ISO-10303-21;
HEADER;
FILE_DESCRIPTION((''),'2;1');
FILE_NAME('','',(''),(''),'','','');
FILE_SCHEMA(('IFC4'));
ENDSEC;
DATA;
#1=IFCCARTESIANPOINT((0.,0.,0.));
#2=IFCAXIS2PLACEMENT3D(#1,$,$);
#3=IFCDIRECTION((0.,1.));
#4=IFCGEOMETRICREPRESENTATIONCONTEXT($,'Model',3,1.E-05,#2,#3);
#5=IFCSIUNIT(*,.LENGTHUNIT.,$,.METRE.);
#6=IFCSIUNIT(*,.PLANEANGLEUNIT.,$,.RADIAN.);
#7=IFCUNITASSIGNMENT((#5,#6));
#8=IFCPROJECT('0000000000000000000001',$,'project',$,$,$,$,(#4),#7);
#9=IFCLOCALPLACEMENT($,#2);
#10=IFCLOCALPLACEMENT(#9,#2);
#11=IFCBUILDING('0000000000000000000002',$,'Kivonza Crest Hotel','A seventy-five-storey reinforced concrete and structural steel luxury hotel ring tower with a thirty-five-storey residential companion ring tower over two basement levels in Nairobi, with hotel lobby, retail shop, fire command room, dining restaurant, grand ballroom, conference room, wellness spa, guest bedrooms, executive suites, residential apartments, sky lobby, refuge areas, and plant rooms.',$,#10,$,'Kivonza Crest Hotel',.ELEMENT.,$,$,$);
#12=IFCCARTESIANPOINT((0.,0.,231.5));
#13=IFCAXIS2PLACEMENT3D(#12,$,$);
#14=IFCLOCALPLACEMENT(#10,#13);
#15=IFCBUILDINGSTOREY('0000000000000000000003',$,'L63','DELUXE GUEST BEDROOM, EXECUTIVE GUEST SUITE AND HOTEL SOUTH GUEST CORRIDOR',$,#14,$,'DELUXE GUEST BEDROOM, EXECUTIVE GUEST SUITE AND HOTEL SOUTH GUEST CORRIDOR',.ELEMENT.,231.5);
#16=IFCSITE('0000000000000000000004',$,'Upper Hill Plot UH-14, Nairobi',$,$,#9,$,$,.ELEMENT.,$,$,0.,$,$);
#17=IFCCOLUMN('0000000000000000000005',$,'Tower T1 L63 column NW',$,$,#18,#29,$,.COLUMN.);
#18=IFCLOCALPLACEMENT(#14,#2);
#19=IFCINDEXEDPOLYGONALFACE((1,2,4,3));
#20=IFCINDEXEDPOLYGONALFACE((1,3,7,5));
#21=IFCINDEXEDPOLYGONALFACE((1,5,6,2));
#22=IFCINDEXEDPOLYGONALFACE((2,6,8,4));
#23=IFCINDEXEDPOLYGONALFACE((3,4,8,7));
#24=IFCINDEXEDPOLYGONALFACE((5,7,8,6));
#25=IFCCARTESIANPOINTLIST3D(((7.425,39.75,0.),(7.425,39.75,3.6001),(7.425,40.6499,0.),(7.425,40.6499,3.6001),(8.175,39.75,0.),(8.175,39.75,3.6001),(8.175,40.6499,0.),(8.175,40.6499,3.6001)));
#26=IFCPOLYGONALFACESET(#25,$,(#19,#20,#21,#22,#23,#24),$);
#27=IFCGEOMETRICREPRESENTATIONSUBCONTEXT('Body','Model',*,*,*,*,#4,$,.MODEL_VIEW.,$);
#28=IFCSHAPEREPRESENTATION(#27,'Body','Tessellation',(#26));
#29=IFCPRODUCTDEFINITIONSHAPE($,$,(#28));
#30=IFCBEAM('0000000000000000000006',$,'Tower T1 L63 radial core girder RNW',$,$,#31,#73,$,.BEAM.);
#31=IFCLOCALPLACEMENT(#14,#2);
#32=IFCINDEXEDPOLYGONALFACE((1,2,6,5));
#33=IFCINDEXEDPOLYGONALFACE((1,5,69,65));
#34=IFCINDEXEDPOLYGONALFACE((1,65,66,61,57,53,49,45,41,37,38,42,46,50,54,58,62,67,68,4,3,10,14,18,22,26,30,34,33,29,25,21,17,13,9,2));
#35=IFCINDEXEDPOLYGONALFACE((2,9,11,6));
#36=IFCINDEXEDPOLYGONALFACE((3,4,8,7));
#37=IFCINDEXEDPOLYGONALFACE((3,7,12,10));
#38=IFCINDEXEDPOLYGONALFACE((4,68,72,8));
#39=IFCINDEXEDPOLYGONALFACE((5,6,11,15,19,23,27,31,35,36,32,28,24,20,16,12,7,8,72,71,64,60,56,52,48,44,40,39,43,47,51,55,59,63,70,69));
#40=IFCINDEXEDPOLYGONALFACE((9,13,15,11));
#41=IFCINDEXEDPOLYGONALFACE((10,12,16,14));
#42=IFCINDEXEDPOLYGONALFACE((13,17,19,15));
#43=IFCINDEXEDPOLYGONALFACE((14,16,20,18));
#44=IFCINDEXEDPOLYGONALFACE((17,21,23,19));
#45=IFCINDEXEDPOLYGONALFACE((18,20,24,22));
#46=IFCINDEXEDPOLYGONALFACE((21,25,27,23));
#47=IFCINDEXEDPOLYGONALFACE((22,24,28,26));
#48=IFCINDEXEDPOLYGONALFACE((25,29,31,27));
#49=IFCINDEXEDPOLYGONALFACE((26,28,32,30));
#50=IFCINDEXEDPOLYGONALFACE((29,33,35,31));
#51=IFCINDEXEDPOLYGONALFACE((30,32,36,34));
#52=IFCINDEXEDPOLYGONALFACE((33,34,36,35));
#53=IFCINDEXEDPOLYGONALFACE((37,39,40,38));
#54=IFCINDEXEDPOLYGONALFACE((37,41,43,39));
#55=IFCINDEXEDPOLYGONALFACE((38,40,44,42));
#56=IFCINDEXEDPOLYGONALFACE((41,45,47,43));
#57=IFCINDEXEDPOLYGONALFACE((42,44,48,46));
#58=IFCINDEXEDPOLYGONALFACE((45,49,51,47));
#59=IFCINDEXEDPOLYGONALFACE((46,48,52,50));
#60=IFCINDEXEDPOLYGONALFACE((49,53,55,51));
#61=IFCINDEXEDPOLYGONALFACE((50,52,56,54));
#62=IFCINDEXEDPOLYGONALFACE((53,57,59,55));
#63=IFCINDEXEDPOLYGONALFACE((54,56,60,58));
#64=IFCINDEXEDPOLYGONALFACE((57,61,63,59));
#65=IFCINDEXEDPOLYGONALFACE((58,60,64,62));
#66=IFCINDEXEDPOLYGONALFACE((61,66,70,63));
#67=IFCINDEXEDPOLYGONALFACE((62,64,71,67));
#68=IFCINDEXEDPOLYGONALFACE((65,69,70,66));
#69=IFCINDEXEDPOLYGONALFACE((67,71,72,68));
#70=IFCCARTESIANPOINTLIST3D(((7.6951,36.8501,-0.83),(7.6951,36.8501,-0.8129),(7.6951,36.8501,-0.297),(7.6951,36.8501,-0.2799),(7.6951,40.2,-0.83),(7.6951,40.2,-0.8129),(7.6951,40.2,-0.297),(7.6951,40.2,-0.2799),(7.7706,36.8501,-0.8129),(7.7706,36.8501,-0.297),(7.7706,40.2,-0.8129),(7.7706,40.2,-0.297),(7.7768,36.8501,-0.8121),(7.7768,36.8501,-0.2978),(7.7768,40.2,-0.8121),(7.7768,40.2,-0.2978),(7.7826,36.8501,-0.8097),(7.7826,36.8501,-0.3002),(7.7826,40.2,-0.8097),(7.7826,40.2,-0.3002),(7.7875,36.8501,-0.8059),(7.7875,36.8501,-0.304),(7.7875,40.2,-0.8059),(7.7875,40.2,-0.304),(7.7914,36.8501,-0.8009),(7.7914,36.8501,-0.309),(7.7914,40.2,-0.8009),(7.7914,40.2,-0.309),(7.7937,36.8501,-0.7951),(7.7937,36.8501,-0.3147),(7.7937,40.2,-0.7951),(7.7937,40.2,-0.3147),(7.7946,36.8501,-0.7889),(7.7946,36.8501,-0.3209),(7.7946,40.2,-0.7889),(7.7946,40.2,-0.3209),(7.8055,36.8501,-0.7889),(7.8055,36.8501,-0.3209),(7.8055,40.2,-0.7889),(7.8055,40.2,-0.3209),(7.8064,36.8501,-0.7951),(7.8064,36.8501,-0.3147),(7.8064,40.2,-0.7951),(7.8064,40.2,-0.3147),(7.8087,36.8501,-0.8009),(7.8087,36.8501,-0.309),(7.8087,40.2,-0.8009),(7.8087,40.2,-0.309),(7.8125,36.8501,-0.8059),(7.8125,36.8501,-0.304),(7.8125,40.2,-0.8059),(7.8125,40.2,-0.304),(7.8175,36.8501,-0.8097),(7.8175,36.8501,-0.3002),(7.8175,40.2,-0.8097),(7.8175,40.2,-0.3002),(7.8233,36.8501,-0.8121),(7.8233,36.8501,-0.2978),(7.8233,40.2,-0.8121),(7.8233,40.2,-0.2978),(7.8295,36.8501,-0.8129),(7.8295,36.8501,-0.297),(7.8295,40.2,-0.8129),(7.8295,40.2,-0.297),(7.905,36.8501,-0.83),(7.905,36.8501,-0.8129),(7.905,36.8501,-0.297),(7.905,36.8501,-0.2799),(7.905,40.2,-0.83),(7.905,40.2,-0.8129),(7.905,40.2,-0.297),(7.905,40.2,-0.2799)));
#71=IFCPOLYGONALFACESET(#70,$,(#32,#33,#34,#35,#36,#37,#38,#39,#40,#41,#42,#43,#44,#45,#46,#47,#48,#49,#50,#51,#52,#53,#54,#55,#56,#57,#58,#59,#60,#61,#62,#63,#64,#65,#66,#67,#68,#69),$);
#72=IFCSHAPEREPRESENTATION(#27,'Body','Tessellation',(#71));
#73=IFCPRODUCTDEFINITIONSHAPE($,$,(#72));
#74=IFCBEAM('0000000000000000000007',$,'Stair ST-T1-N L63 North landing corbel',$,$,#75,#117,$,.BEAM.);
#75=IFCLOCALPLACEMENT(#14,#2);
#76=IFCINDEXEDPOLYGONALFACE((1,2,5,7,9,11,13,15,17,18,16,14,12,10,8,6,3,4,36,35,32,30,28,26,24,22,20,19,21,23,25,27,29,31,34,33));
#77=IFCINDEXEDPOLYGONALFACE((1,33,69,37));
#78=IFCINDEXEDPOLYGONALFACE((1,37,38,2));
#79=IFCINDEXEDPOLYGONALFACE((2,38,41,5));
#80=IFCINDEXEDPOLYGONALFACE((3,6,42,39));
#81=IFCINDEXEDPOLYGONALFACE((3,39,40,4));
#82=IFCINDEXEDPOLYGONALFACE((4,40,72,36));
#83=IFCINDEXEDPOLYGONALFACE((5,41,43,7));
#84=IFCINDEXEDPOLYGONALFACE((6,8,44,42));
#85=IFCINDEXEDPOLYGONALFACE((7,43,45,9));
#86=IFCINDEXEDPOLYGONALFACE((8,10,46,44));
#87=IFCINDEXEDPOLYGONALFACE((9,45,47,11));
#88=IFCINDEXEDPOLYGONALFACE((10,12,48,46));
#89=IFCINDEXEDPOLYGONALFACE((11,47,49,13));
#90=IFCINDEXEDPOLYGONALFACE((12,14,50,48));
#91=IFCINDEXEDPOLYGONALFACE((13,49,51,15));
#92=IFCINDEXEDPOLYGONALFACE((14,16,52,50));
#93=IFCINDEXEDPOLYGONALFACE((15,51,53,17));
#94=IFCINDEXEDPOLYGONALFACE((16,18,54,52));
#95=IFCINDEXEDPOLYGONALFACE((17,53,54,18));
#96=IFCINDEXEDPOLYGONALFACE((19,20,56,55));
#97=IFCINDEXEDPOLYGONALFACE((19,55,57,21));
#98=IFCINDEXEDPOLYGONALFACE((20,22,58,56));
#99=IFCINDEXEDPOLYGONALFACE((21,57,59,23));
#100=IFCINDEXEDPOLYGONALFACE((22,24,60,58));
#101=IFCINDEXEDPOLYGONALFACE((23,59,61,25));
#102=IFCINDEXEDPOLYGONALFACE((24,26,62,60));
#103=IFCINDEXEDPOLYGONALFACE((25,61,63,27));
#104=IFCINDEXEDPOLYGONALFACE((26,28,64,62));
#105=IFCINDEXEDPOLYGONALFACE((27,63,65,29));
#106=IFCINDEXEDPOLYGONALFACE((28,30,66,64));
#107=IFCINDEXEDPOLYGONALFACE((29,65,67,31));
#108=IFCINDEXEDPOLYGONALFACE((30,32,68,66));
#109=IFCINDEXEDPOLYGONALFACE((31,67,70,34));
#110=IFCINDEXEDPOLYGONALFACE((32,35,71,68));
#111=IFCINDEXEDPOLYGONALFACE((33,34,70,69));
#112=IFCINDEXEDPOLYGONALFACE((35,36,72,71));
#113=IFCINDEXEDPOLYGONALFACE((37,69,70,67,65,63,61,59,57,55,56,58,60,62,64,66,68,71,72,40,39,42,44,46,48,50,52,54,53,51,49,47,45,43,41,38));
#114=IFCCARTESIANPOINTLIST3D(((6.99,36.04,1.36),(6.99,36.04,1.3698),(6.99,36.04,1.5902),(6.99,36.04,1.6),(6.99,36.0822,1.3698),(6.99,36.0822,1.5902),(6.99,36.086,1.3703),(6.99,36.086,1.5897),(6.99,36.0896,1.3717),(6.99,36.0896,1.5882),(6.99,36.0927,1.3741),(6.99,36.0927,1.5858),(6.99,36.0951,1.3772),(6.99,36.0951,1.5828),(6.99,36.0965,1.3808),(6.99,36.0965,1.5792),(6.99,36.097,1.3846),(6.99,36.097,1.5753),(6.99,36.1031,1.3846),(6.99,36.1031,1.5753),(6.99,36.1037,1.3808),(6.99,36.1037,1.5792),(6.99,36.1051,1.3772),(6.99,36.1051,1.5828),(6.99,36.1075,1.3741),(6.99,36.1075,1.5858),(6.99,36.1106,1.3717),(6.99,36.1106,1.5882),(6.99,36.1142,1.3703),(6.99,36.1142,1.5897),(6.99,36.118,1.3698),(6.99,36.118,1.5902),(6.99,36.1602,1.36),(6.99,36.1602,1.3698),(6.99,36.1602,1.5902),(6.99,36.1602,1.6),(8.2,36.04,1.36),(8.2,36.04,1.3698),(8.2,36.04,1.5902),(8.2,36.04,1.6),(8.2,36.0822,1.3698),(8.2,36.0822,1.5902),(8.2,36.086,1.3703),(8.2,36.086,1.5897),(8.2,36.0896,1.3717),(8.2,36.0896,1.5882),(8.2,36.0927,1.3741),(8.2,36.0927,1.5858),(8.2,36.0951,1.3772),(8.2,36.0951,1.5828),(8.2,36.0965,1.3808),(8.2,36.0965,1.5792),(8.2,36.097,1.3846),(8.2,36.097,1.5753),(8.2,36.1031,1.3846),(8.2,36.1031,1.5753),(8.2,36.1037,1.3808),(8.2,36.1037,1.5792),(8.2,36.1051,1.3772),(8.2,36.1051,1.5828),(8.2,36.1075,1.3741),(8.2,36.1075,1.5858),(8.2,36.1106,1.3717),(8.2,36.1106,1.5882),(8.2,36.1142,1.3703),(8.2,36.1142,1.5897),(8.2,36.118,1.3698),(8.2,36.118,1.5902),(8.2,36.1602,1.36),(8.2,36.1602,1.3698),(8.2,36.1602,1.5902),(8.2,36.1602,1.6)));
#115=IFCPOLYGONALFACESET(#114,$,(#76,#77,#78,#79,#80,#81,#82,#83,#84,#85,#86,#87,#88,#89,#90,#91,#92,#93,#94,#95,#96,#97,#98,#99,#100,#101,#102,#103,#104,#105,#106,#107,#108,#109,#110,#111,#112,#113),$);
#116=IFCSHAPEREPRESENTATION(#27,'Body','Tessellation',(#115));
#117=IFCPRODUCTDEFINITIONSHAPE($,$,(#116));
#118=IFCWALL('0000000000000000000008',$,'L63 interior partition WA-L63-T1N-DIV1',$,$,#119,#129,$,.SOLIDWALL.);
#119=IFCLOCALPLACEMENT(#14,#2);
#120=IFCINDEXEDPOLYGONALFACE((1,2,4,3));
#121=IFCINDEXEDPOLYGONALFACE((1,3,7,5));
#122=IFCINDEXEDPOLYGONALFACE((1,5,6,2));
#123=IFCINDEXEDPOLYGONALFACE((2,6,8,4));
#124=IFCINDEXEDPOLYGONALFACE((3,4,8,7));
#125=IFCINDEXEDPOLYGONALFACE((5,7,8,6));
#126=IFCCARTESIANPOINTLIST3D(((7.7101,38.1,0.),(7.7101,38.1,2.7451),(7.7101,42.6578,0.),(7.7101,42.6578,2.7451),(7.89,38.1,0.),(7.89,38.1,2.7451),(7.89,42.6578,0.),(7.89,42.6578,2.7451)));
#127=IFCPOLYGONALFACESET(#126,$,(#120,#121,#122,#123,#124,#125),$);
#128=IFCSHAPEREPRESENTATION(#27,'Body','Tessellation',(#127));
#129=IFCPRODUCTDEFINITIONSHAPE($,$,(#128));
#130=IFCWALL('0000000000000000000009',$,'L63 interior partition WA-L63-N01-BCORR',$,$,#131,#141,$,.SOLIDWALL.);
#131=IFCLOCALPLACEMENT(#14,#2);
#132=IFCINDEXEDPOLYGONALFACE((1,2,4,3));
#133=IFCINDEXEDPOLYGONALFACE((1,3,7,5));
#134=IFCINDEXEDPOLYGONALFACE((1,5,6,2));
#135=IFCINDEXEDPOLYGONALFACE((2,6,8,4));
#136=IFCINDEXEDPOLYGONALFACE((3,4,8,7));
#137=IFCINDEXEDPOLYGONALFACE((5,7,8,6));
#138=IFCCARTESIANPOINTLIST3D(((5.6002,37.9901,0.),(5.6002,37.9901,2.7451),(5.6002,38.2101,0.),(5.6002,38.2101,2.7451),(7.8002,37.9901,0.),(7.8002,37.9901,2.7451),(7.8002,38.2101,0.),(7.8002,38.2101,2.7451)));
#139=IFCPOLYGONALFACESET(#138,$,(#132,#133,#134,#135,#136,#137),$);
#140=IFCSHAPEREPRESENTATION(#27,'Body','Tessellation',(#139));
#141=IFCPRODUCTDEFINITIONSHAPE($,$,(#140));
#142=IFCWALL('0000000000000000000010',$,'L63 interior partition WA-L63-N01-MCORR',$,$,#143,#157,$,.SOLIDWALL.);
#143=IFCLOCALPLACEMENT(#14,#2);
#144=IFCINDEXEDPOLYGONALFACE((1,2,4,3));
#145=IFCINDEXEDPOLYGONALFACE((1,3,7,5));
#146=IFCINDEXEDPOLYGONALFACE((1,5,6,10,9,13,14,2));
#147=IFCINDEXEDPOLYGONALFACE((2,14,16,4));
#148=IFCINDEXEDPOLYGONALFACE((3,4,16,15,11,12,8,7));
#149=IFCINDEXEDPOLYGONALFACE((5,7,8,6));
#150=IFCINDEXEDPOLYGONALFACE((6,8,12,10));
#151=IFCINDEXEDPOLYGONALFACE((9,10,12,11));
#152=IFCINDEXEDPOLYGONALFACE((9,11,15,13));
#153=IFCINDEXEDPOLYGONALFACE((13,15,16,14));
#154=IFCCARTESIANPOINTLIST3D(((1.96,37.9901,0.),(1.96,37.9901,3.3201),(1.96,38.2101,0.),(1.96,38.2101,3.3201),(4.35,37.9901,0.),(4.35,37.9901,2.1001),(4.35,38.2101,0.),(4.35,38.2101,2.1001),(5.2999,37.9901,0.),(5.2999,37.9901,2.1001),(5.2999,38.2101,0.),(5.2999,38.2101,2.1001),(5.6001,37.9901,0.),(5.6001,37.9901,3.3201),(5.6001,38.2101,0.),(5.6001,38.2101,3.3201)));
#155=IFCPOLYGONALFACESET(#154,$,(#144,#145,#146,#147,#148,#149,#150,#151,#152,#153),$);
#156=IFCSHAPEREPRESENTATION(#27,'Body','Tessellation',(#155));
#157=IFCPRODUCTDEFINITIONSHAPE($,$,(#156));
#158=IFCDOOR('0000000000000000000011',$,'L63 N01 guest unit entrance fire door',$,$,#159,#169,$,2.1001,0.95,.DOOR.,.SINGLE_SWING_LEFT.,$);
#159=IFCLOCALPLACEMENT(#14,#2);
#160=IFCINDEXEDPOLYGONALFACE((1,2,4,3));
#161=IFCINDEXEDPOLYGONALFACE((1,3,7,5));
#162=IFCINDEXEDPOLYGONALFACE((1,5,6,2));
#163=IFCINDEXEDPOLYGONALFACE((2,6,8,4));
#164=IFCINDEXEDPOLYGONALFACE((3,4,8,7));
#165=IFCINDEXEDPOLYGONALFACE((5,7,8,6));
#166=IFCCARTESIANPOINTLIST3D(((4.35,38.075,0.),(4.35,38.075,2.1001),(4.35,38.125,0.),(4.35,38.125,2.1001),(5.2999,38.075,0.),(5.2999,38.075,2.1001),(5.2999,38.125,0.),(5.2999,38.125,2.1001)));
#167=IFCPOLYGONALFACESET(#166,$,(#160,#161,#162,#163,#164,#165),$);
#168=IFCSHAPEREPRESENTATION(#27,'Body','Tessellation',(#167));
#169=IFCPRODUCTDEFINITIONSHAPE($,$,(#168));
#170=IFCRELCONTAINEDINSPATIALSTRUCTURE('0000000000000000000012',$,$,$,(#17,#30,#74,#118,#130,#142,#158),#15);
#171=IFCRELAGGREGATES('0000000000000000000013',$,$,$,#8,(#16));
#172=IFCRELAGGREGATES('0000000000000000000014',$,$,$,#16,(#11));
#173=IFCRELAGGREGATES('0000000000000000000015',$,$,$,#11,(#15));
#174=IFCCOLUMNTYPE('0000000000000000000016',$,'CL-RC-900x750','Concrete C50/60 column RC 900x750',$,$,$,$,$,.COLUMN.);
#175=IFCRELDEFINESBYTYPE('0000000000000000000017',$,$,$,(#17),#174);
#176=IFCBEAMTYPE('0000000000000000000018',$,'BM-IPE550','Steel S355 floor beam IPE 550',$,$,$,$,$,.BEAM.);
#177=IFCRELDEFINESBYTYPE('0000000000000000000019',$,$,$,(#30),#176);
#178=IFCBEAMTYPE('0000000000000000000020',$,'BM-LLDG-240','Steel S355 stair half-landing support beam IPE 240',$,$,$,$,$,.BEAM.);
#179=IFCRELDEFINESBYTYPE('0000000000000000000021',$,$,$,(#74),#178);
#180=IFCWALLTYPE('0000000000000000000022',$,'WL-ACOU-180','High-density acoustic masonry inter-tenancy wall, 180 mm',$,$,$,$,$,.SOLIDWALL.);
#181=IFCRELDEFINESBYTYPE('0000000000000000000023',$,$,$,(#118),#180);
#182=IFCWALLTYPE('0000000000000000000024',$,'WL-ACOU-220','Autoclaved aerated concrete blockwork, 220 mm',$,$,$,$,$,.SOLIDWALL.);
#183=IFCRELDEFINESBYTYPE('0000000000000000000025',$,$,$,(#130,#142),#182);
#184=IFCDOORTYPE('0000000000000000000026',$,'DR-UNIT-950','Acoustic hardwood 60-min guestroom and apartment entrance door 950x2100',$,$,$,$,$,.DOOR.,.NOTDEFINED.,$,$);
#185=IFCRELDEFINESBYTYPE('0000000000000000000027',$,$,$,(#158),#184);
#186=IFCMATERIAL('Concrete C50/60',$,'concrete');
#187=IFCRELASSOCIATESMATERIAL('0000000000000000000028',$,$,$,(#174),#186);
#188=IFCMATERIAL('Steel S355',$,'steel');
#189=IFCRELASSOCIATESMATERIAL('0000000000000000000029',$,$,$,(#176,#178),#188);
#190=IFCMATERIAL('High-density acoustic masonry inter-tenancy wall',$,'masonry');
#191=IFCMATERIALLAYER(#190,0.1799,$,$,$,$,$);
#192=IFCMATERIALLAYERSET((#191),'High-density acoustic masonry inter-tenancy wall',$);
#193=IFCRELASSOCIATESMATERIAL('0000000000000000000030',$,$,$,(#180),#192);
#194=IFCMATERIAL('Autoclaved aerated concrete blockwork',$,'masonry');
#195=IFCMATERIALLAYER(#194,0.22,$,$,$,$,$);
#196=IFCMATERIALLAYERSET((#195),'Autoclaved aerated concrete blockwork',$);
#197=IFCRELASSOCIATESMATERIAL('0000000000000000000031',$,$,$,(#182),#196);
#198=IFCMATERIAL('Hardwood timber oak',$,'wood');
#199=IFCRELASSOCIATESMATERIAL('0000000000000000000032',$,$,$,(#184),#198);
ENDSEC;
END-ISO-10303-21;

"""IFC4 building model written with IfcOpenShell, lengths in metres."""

from ifc_helpers import new_model, si_unit, direction, frame, frame_2d, origin, origin_2d, place, context, subcontext, project, spatial, rectangle, i_section, extrude, material, layer, layer_set, material_profile, profile_set, type_object, element, fill, save


model = new_model("IFC4")

# Units and contexts
model_context = context("Model", 3, precision=1e-05, world=origin(), true_north=direction((0.0, 1.0)))
body_context = subcontext(model_context, "Body", "Model", "MODEL_VIEW")
ifc_project = project(units=[si_unit("LENGTHUNIT", "METRE"), si_unit("PLANEANGLEUNIT", "RADIAN")], contexts=[model_context])

# Site, building, storey
site_placement = place(None, origin())
site = spatial("IfcSite", under=ifc_project, at=site_placement, Name="Upper Hill Plot UH-14, Nairobi", CompositionType="ELEMENT", RefElevation=0.0)
building_placement = place(site_placement, origin())
building = spatial("IfcBuilding", under=site, at=building_placement, Name="Kivonza Crest Hotel", Description="A seventy-five-storey reinforced concrete and structural steel luxury hotel ring tower with a thirty-five-storey residential companion ring tower over two basement levels in Nairobi, with hotel lobby, retail shop, fire command room, dining restaurant, grand ballroom, conference room, wellness spa, guest bedrooms, executive suites, residential apartments, sky lobby, refuge areas, and plant rooms.", LongName="Kivonza Crest Hotel", CompositionType="ELEMENT")
storey_placement = place(building_placement, frame((0.0, 0.0, 231.5)))
storey = spatial("IfcBuildingStorey", under=building, at=storey_placement, Name="L63", Description="DELUXE GUEST BEDROOM, EXECUTIVE GUEST SUITE AND HOTEL SOUTH GUEST CORRIDOR", LongName="DELUXE GUEST BEDROOM, EXECUTIVE GUEST SUITE AND HOTEL SOUTH GUEST CORRIDOR", CompositionType="ELEMENT", Elevation=231.5)

# Column
ifc_material_1 = material(Name="Concrete C50/60", Category="concrete")
ifc_material_profile_1 = material_profile(ifc_material_1, rectangle(XDim=0.75, YDim=0.8999, at=origin_2d()), Name="RC 900x750")
ifc_profile_set_1 = profile_set([ifc_material_profile_1], Name="Concrete C50/60")
column_type = type_object("IfcColumnType", Name="CL-RC-900x750", Description="Concrete C50/60 column RC 900x750", PredefinedType="COLUMN", material=ifc_profile_set_1)
column_placement = place(storey_placement, frame((7.8, 40.2, 0.0), z_axis=(0.0, 0.0, 1.0), x_axis=(1.0, 0.0, 0.0)))
element("IfcColumn", 1, at=column_placement, inside=storey, type_object=column_type, Name="Tower T1 L63 column NW", PredefinedType="COLUMN", context=body_context, shape_type="SweptSolid", body=[
    extrude(rectangle(XDim=0.75, YDim=0.8999, at=origin_2d()), origin(), (0.0, 0.0, 1.0), 3.6001),
])

# Beams
ifc_material_2 = material(Name="Steel S355", Category="steel")
ifc_material_profile_2 = material_profile(ifc_material_2, i_section(OverallWidth=0.21, OverallDepth=0.55, WebThickness=0.011, FlangeThickness=0.0171, FilletRadius=0.0239, at=origin_2d()), Name="IPE 550")
ifc_profile_set_2 = profile_set([ifc_material_profile_2], Name="Steel S355")
beam_type_1 = type_object("IfcBeamType", Name="BM-IPE550", Description="Steel S355 floor beam IPE 550", PredefinedType="BEAM", material=ifc_profile_set_2)
beam_1_placement = place(storey_placement, frame((7.8, 40.2, -0.5549), z_axis=(0.0, -1.0, 0.0), x_axis=(1.0, 0.0, 0.0)))
element("IfcBeam", 2, at=beam_1_placement, inside=storey, type_object=beam_type_1, Name="Tower T1 L63 radial core girder RNW", PredefinedType="BEAM", context=body_context, shape_type="SweptSolid", body=[
    extrude(i_section(OverallWidth=0.21, OverallDepth=0.55, WebThickness=0.011, FlangeThickness=0.0171, FilletRadius=0.0239, at=origin_2d()), origin(), (0.0, 0.0, 1.0), 3.3499),
])
ifc_material_profile_3 = material_profile(ifc_material_2, i_section(OverallWidth=0.1201, OverallDepth=0.24, WebThickness=0.0061, FlangeThickness=0.0098, FilletRadius=0.0149, at=origin_2d()), Name="IPE 240")
ifc_profile_set_3 = profile_set([ifc_material_profile_3], Name="Steel S355")
beam_type_2 = type_object("IfcBeamType", Name="BM-LLDG-240", Description="Steel S355 stair half-landing support beam IPE 240", PredefinedType="BEAM", material=ifc_profile_set_3)
beam_2_placement = place(storey_placement, frame((6.99, 36.1001, 1.48), z_axis=(1.0, 0.0, 0.0), x_axis=(0.0, 1.0, 0.0)))
element("IfcBeam", 3, at=beam_2_placement, inside=storey, type_object=beam_type_2, Name="Stair ST-T1-N L63 North landing corbel", PredefinedType="BEAM", context=body_context, shape_type="SweptSolid", body=[
    extrude(i_section(OverallWidth=0.1201, OverallDepth=0.24, WebThickness=0.0061, FlangeThickness=0.0098, FilletRadius=0.0149, at=origin_2d()), origin(), (0.0, 0.0, 1.0), 1.21),
])

# Walls
ifc_material_3 = material(Name="High-density acoustic masonry inter-tenancy wall", Category="masonry")
ifc_layer_1 = layer(ifc_material_3, 0.1799)
ifc_layer_set_1 = layer_set([ifc_layer_1], Name="High-density acoustic masonry inter-tenancy wall")
wall_type_1 = type_object("IfcWallType", Name="WL-ACOU-180", Description="High-density acoustic masonry inter-tenancy wall, 180 mm", PredefinedType="SOLIDWALL", material=ifc_layer_set_1)
wall_1_placement = place(storey_placement, frame((7.8, 38.1001, 0.0), z_axis=(0.0, 0.0, 1.0), x_axis=(0.0, 1.0, 0.0)))
element("IfcWall", 4, at=wall_1_placement, inside=storey, type_object=wall_type_1, Name="L63 interior partition WA-L63-T1N-DIV1", PredefinedType="SOLIDWALL", context=body_context, shape_type="SweptSolid", body=[
    extrude(rectangle(XDim=4.5579, YDim=0.1799, at=frame_2d((2.2788, 0.0))), origin(), (0.0, 0.0, 1.0), 2.7451),
])
ifc_material_4 = material(Name="Autoclaved aerated concrete blockwork", Category="masonry")
ifc_layer_2 = layer(ifc_material_4, 0.22)
ifc_layer_set_2 = layer_set([ifc_layer_2], Name="Autoclaved aerated concrete blockwork")
wall_type_2 = type_object("IfcWallType", Name="WL-ACOU-220", Description="Autoclaved aerated concrete blockwork, 220 mm", PredefinedType="SOLIDWALL", material=ifc_layer_set_2)
wall_2_placement = place(storey_placement, frame((5.6001, 38.1001, 0.0), z_axis=(0.0, 0.0, 1.0), x_axis=(1.0, 0.0, 0.0)))
element("IfcWall", 5, at=wall_2_placement, inside=storey, type_object=wall_type_2, Name="L63 interior partition WA-L63-N01-BCORR", PredefinedType="SOLIDWALL", context=body_context, shape_type="SweptSolid", body=[
    extrude(rectangle(XDim=2.2, YDim=0.22, at=frame_2d((1.1001, 0.0))), origin(), (0.0, 0.0, 1.0), 2.7451),
])

# Wall, opening, door
wall_3_placement = place(storey_placement, frame((1.96, 38.1001, 0.0), z_axis=(0.0, 0.0, 1.0), x_axis=(1.0, 0.0, 0.0)))
wall_3 = element("IfcWall", 6, at=wall_3_placement, inside=storey, type_object=wall_type_2, Name="L63 interior partition WA-L63-N01-MCORR", PredefinedType="SOLIDWALL", context=body_context, shape_type="SweptSolid", body=[
    extrude(rectangle(XDim=3.6401, YDim=0.22, at=frame_2d((1.8201, 0.0))), origin(), (0.0, 0.0, 1.0), 3.3201),
])
opening_1_placement = place(wall_3_placement, frame((2.3899, 0.0, 0.0)))
opening_1 = element("IfcOpeningElement", 7, at=opening_1_placement, cuts=wall_3, PredefinedType="OPENING", context=body_context, shape_type="SweptSolid", body=[
    extrude(rectangle(XDim=0.95, YDim=2.1001, at=frame_2d((0.4751, 1.05))), frame((0.0, 0.1201, 0.0), z_axis=(0.0, -1.0, 0.0), x_axis=(1.0, 0.0, 0.0)), (0.0, 0.0, 1.0), 0.24),
])
ifc_material_5 = material(Name="Hardwood timber oak", Category="wood")
door_type_1 = type_object("IfcDoorType", Name="DR-UNIT-950", Description="Acoustic hardwood 60-min guestroom and apartment entrance door 950x2100", OperationType="NOTDEFINED", PredefinedType="DOOR", material=ifc_material_5)
door_1_placement = place(opening_1_placement, origin())
door_1 = element("IfcDoor", 8, at=door_1_placement, inside=storey, type_object=door_type_1, Name="L63 N01 guest unit entrance fire door", OperationType="SINGLE_SWING_LEFT", OverallHeight=2.1001, OverallWidth=0.95, PredefinedType="DOOR", context=body_context, shape_type="SweptSolid", body=[
    extrude(rectangle(XDim=0.95, YDim=2.1001, at=frame_2d((0.4751, 1.05))), frame((0.0, 0.0249, 0.0), z_axis=(0.0, -1.0, 0.0), x_axis=(1.0, 0.0, 0.0)), (0.0, 0.0, 1.0), 0.05),
])
fill(opening_1, door_1)

save(model, "model.ifc")
